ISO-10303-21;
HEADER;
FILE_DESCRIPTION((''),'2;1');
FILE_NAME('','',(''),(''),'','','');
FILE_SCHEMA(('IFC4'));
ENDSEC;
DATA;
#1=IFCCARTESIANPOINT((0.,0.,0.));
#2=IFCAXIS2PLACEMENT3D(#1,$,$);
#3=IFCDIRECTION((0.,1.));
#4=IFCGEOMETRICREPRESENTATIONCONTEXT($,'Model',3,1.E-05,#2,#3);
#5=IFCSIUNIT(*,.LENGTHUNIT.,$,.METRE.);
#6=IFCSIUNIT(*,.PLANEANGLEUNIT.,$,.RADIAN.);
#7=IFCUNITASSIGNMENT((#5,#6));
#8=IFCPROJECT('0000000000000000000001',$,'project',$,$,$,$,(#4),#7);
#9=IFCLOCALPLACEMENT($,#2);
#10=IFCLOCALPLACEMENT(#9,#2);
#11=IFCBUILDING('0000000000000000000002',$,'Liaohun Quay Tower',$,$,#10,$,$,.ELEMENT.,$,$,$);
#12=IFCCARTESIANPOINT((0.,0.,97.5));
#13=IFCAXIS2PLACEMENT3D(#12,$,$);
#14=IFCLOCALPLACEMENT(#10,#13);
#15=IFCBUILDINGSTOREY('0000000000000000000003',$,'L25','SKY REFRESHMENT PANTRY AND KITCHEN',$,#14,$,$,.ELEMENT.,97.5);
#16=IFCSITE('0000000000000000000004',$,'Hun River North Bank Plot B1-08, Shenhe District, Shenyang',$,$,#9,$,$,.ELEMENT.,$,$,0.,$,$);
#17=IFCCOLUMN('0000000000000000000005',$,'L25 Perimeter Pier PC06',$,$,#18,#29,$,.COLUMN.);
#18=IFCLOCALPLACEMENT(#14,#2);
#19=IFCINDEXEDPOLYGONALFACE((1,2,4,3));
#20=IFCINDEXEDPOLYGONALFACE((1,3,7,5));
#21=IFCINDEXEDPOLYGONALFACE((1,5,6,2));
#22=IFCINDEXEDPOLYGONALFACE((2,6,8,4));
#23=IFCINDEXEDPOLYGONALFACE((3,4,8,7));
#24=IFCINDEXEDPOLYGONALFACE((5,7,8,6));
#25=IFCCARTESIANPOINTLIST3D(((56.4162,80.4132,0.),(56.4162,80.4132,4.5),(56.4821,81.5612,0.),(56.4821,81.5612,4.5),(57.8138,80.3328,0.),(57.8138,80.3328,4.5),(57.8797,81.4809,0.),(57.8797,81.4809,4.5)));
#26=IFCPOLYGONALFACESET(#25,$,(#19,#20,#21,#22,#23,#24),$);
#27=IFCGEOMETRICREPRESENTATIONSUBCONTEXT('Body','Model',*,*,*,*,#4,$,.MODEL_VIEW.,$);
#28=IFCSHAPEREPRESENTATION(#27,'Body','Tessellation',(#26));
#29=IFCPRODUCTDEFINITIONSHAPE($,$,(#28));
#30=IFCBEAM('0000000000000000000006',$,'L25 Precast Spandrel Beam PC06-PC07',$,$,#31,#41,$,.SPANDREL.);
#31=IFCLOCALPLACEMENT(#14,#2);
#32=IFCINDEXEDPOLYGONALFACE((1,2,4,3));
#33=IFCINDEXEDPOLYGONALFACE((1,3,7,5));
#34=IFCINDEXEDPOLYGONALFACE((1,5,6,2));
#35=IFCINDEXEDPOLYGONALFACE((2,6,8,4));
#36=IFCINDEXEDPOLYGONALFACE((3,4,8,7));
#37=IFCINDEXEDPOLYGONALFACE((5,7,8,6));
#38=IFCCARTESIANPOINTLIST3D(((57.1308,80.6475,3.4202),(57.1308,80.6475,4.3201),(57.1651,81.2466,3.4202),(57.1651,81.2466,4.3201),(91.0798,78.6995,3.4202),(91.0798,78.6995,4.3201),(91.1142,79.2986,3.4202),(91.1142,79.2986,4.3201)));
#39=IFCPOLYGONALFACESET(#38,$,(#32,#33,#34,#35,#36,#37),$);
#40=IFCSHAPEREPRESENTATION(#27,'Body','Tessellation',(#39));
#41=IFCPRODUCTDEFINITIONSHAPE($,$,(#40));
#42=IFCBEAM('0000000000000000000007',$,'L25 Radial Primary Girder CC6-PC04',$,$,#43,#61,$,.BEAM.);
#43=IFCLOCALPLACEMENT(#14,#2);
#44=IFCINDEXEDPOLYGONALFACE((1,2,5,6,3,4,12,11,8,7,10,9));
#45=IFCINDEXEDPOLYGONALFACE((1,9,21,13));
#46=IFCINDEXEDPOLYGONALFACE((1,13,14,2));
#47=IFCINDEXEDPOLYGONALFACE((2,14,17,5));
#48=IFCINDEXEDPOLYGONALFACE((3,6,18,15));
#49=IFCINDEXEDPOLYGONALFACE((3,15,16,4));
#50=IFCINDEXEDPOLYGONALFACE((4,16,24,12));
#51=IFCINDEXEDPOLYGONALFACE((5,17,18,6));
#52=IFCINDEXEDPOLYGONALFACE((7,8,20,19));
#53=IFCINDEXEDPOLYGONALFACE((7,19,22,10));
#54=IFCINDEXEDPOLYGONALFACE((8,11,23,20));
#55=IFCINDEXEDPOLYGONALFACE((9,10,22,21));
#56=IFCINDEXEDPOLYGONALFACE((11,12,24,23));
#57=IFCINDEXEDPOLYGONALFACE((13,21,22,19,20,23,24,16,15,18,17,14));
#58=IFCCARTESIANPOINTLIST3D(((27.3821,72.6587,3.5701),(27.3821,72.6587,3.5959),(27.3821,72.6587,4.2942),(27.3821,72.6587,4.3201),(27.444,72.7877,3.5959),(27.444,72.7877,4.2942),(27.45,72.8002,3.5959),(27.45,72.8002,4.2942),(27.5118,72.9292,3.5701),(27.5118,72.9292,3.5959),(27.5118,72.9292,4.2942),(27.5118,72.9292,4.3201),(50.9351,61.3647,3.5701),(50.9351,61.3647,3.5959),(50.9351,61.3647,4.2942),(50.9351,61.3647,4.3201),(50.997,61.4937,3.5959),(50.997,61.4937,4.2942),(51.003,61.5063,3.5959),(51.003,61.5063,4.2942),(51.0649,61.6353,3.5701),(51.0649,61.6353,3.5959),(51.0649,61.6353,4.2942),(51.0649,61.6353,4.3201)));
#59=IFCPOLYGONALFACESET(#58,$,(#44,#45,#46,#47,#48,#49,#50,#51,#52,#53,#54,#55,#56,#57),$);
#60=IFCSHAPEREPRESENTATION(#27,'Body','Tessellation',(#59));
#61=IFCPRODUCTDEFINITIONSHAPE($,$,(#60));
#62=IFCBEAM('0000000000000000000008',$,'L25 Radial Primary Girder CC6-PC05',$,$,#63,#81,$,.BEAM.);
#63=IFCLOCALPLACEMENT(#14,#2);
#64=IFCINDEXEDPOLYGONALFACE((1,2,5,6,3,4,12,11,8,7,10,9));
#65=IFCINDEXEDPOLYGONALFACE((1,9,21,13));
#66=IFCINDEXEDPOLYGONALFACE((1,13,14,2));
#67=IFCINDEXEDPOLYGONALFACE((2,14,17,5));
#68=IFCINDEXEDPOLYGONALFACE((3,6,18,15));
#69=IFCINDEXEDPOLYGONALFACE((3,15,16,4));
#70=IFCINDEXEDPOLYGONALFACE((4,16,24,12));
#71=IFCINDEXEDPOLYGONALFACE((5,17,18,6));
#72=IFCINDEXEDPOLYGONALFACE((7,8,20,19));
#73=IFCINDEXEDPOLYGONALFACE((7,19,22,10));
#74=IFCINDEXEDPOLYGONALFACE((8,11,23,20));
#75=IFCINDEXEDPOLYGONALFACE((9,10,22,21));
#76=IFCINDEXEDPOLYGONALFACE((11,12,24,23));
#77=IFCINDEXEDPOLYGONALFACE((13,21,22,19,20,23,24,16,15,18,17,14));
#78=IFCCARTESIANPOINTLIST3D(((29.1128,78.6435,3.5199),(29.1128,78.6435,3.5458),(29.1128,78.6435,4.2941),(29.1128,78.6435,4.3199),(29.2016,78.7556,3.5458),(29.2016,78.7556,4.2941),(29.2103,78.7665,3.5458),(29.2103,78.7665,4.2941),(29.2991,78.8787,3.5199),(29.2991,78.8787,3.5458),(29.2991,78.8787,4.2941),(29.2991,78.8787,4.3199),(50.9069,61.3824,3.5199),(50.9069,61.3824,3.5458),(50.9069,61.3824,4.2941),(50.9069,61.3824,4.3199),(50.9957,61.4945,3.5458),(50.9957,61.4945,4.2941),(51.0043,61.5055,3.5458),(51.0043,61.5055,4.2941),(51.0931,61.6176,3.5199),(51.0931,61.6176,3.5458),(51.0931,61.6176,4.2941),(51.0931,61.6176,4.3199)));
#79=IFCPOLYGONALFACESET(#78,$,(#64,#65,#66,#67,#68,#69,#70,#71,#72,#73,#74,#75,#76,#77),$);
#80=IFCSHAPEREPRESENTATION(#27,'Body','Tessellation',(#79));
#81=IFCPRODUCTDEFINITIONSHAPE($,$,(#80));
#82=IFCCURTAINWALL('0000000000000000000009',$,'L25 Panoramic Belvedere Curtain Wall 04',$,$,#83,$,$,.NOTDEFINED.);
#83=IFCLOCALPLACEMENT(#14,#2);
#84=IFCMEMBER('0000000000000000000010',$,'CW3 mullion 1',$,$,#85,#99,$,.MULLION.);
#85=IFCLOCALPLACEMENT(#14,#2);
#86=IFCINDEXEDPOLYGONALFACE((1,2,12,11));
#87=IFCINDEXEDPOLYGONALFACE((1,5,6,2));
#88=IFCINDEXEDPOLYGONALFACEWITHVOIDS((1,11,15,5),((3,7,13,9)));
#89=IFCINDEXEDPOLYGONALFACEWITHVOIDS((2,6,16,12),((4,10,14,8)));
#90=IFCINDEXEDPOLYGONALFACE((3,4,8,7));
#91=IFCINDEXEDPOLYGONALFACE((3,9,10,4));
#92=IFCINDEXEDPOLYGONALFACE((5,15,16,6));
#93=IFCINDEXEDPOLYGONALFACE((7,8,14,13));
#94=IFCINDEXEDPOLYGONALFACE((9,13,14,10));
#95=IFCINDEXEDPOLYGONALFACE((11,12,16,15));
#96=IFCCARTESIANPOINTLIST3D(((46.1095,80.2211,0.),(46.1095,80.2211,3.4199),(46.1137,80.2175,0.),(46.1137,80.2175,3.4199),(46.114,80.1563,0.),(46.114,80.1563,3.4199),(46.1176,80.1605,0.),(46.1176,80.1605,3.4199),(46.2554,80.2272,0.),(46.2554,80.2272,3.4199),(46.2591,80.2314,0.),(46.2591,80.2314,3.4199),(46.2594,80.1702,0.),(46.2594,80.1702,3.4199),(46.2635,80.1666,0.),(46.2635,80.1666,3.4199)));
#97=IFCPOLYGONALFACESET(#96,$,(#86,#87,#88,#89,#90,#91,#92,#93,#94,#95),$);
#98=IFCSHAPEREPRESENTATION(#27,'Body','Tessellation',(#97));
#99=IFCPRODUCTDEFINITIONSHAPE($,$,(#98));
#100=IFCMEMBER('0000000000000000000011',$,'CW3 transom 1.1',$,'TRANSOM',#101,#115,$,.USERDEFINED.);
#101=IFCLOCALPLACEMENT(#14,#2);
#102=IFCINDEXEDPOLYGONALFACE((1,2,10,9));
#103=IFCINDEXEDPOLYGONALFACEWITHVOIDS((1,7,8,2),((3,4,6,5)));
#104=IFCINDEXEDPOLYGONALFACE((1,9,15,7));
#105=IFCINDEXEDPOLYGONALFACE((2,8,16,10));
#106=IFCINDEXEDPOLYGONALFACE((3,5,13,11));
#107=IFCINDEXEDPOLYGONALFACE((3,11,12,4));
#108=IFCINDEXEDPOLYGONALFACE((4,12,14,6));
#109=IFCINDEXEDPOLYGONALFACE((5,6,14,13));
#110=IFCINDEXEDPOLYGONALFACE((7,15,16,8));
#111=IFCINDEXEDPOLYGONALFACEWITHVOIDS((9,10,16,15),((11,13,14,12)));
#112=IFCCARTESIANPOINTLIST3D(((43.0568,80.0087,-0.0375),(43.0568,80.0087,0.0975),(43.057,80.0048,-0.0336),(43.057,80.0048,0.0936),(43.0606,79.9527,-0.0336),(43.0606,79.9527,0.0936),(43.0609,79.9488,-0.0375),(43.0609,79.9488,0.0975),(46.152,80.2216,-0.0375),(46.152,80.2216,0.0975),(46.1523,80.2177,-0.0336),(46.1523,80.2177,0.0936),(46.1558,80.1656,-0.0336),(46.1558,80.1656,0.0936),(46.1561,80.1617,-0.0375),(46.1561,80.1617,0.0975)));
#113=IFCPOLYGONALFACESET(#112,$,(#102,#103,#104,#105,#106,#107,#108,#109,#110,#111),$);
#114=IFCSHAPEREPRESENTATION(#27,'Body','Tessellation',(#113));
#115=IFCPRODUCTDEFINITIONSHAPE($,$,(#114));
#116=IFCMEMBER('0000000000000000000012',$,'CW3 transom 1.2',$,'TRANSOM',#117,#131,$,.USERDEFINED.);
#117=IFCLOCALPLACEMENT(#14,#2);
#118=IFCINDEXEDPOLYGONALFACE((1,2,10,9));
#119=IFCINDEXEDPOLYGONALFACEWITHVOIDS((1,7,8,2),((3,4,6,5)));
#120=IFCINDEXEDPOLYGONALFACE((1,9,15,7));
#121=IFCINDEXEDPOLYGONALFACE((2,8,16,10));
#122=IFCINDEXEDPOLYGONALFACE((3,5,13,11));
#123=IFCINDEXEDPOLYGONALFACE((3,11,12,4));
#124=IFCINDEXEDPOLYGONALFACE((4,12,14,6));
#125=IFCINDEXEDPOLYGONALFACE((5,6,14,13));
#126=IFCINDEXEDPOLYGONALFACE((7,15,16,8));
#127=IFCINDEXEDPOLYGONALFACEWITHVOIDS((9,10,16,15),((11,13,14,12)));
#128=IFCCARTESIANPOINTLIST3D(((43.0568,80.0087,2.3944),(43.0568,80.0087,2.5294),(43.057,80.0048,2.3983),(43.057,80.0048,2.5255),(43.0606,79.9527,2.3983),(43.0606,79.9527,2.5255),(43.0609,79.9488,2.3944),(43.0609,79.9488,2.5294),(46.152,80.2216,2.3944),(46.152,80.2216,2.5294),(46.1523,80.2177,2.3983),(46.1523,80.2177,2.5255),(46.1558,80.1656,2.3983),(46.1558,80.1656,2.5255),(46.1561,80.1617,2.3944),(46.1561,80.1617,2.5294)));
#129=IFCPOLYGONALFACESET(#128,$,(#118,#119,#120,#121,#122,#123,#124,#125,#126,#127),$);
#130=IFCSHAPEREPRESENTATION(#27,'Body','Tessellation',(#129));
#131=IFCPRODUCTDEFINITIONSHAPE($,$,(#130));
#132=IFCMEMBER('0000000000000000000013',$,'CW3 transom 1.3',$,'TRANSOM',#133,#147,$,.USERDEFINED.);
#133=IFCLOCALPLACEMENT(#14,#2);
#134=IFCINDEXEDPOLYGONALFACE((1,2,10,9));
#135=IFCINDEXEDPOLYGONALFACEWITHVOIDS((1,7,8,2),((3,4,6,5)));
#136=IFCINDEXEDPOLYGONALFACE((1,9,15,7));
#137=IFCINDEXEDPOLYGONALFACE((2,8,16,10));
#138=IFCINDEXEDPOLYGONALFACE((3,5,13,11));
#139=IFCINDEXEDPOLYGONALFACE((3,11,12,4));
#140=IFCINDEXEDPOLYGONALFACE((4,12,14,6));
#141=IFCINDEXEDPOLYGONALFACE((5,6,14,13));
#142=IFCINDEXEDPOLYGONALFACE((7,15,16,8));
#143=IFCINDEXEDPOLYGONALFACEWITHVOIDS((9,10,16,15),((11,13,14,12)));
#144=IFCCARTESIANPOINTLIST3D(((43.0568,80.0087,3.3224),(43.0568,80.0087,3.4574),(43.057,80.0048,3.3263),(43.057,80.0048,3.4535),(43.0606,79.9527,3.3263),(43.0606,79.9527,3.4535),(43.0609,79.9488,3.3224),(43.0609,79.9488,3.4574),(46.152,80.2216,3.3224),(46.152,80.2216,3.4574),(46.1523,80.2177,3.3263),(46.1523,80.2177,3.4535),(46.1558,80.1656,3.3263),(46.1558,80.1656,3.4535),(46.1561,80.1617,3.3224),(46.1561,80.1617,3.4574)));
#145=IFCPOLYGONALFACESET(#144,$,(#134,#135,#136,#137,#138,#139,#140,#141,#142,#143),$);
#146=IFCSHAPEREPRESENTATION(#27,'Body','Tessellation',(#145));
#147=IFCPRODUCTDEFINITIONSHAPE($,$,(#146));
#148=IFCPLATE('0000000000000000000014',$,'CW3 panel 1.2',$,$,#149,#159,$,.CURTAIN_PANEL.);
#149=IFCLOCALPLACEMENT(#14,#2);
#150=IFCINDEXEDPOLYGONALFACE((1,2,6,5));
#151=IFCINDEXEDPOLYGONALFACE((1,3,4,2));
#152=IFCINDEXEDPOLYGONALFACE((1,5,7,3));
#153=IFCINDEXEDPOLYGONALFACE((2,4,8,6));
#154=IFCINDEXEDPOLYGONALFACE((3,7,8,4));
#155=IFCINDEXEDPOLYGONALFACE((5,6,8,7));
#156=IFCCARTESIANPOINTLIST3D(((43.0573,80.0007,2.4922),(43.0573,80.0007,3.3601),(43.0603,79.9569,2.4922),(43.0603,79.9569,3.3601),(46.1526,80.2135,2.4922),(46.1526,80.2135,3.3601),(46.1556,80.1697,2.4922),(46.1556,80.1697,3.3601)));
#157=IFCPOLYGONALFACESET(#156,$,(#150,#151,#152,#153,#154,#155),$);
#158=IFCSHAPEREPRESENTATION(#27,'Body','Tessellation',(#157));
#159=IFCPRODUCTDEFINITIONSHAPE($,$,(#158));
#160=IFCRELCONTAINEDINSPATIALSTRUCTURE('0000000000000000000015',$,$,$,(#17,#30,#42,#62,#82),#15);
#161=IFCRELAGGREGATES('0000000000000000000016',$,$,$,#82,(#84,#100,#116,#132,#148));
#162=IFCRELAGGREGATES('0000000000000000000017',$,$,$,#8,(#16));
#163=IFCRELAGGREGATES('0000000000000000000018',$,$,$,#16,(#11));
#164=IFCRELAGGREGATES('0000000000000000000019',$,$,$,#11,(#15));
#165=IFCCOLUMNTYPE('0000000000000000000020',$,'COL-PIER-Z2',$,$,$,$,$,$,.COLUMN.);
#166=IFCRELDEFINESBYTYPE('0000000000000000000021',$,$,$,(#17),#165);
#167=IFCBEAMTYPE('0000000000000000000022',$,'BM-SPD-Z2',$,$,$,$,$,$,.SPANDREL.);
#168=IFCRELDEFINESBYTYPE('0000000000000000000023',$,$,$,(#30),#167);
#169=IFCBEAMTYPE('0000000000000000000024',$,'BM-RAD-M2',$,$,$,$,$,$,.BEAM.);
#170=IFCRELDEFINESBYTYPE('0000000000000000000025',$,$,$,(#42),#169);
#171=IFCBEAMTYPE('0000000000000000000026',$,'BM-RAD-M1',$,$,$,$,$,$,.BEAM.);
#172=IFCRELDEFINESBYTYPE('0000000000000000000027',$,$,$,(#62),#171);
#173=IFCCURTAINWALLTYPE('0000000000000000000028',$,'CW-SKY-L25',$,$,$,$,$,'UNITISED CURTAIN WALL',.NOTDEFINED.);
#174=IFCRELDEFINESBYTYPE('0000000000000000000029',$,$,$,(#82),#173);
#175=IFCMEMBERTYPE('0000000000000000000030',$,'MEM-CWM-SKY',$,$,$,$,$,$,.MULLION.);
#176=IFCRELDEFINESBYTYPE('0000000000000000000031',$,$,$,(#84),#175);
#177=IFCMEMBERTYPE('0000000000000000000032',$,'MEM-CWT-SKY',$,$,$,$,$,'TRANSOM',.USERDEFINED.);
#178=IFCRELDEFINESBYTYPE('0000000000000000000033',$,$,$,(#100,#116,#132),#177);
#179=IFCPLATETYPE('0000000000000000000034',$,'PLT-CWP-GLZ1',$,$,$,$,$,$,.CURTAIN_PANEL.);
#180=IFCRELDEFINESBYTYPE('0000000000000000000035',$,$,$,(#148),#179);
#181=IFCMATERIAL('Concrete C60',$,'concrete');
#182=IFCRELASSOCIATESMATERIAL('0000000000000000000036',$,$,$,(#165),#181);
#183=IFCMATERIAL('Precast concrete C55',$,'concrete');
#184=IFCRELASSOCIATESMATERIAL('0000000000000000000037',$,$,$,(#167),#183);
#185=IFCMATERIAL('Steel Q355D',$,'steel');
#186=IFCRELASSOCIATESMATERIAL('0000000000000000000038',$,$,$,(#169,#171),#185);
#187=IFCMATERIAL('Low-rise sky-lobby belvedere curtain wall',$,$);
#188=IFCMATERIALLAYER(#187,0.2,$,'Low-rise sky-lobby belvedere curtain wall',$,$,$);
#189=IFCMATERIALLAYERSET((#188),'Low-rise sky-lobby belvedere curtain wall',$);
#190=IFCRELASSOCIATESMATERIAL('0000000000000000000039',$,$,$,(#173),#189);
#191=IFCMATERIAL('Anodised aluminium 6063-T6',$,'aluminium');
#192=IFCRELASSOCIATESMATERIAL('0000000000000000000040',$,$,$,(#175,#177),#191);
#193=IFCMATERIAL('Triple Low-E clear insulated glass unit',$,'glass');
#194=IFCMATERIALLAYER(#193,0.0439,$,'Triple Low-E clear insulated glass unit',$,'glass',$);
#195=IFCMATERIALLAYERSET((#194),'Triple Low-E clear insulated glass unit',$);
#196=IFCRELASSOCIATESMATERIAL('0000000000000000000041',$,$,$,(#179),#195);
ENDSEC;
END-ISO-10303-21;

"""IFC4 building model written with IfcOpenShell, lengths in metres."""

from ifc_helpers import new_model, si_unit, direction, frame, origin, origin_2d, place, context, subcontext, project, spatial, rectangle, hollow_rectangle, i_section, extrude, source, transform, mapped, material, layer, layer_set, material_profile, profile_set, type_object, element, aggregate, save


model = new_model("IFC4")

# Units and contexts
model_context = context("Model", 3, precision=1e-05, world=origin(), true_north=direction((0.0, 1.0)))
body_context = subcontext(model_context, "Body", "Model", "MODEL_VIEW")
ifc_project = project(units=[si_unit("LENGTHUNIT", "METRE"), si_unit("PLANEANGLEUNIT", "RADIAN")], contexts=[model_context])

# Site, building, storey
site_placement = place(None, origin())
site = spatial("IfcSite", under=ifc_project, at=site_placement, Name="Hun River North Bank Plot B1-08, Shenhe District, Shenyang", CompositionType="ELEMENT", RefElevation=0.0)
building_placement = place(site_placement, origin())
building = spatial("IfcBuilding", under=site, at=building_placement, Name="Liaohun Quay Tower", CompositionType="ELEMENT")
storey_placement = place(building_placement, frame((0.0, 0.0, 97.5)))
storey = spatial("IfcBuildingStorey", under=building, at=storey_placement, Name="L25", Description="SKY REFRESHMENT PANTRY AND KITCHEN", CompositionType="ELEMENT", Elevation=97.5)

# Column
ifc_material_1 = material(Name="Concrete C60", Category="concrete")
ifc_material_profile_1 = material_profile(ifc_material_1, rectangle(XDim=1.3999, YDim=1.1499, at=origin_2d()), Name="RC1400x1150")
ifc_profile_set_1 = profile_set([ifc_material_profile_1], Name="Concrete C60")
column_type = type_object("IfcColumnType", Name="COL-PIER-Z2", PredefinedType="COLUMN", material=ifc_profile_set_1)
shared_shape_1 = source(origin(), body_context, "Body", "SweptSolid", [
    extrude(rectangle(XDim=1.3999, YDim=1.1499, at=origin_2d()), origin(), (0.0, 0.0, 1.0), 4.5),
])
column_placement = place(storey_placement, frame((57.1479, 80.947, 0.0), z_axis=(0.0, 0.0, 1.0), x_axis=(-0.998352, 0.05739, 0.0)))
element("IfcColumn", 1, at=column_placement, inside=storey, type_object=column_type, Name="L25 Perimeter Pier PC06", PredefinedType="COLUMN", context=body_context, shape_type="MappedRepresentation", body=[
    mapped(shared_shape_1, transform((0.0, 0.0, 0.0), x_axis=(1.0, 0.0, 0.0), y_axis=(0.0, 1.0, 0.0), z_axis=(0.0, 0.0, 1.0), scale=1.0)),
])

# Beams
ifc_material_2 = material(Name="Precast concrete C55", Category="concrete")
ifc_material_profile_2 = material_profile(ifc_material_2, rectangle(XDim=0.6001, YDim=0.8999, at=origin_2d()), Name="RC600x900")
ifc_profile_set_2 = profile_set([ifc_material_profile_2], Name="Precast concrete C55")
beam_type_1 = type_object("IfcBeamType", Name="BM-SPD-Z2", PredefinedType="SPANDREL", material=ifc_profile_set_2)
shared_shape_2 = source(origin(), body_context, "Body", "SweptSolid", [
    extrude(rectangle(XDim=0.6001, YDim=0.8999, at=origin_2d()), origin(), (0.0, 0.0, 1.0), 34.0049),
])
beam_1_placement = place(storey_placement, frame((57.1479, 80.947, 3.8701), z_axis=(0.998358, -0.057286, 0.0), x_axis=(0.057286, 0.998358, 0.0)))
element("IfcBeam", 2, at=beam_1_placement, inside=storey, type_object=beam_type_1, Name="L25 Precast Spandrel Beam PC06-PC07", PredefinedType="SPANDREL", context=body_context, shape_type="MappedRepresentation", body=[
    mapped(shared_shape_2, transform((0.0, 0.0, 0.0), x_axis=(1.0, 0.0, 0.0), y_axis=(0.0, 1.0, 0.0), z_axis=(0.0, 0.0, 1.0), scale=1.0)),
])
ifc_material_3 = material(Name="Steel Q355D", Category="steel")
ifc_material_profile_3 = material_profile(ifc_material_3, i_section(OverallWidth=0.3, OverallDepth=0.75, WebThickness=0.0139, FlangeThickness=0.0259, at=origin_2d()), Name="HN750x300x14x26")
ifc_profile_set_3 = profile_set([ifc_material_profile_3], Name="Steel Q355D")
beam_type_2 = type_object("IfcBeamType", Name="BM-RAD-M2", PredefinedType="BEAM", material=ifc_profile_set_3)
shared_shape_3 = source(origin(), body_context, "Body", "SweptSolid", [
    extrude(i_section(OverallWidth=0.3, OverallDepth=0.75, WebThickness=0.0139, FlangeThickness=0.0259, at=origin_2d()), origin(), (0.0, 0.0, 1.0), 26.1208),
])
beam_2_placement = place(storey_placement, frame((51.0, 61.5, 3.9451), z_axis=(-0.901695, 0.432374, 0.0), x_axis=(-0.432374, -0.901695, 0.0)))
element("IfcBeam", 3, at=beam_2_placement, inside=storey, type_object=beam_type_2, Name="L25 Radial Primary Girder CC6-PC04", PredefinedType="BEAM", context=body_context, shape_type="MappedRepresentation", body=[
    mapped(shared_shape_3, transform((0.0, 0.0, 0.0), x_axis=(1.0, 0.0, 0.0), y_axis=(0.0, 1.0, 0.0), z_axis=(0.0, 0.0, 1.0), scale=1.0)),
])
ifc_material_profile_4 = material_profile(ifc_material_3, i_section(OverallWidth=0.3, OverallDepth=0.8, WebThickness=0.0139, FlangeThickness=0.0259, at=origin_2d()), Name="HN800x300x14x26")
ifc_profile_set_4 = profile_set([ifc_material_profile_4], Name="Steel Q355D")
beam_type_3 = type_object("IfcBeamType", Name="BM-RAD-M1", PredefinedType="BEAM", material=ifc_profile_set_4)
shared_shape_4 = source(origin(), body_context, "Body", "SweptSolid", [
    extrude(i_section(OverallWidth=0.3, OverallDepth=0.8, WebThickness=0.0139, FlangeThickness=0.0259, at=origin_2d()), origin(), (0.0, 0.0, 1.0), 27.8015),
])
beam_3_placement = place(storey_placement, frame((51.0, 61.5, 3.9199), z_axis=(-0.783915, 0.620868, 0.0), x_axis=(-0.620868, -0.783915, 0.0)))
element("IfcBeam", 4, at=beam_3_placement, inside=storey, type_object=beam_type_3, Name="L25 Radial Primary Girder CC6-PC05", PredefinedType="BEAM", context=body_context, shape_type="MappedRepresentation", body=[
    mapped(shared_shape_4, transform((0.0, 0.0, 0.0), x_axis=(1.0, 0.0, 0.0), y_axis=(0.0, 1.0, 0.0), z_axis=(0.0, 0.0, 1.0), scale=1.0)),
])

# Curtain wall, members, plate
ifc_material_4 = material(Name="Low-rise sky-lobby belvedere curtain wall")
ifc_layer_1 = layer(ifc_material_4, 0.2, Name="Low-rise sky-lobby belvedere curtain wall")
ifc_layer_set_1 = layer_set([ifc_layer_1], Name="Low-rise sky-lobby belvedere curtain wall")
curtain_wall_type = type_object("IfcCurtainWallType", Name="CW-SKY-L25", ElementType="UNITISED CURTAIN WALL", PredefinedType="NOTDEFINED", material=ifc_layer_set_1)
curtain_wall_placement = place(storey_placement, origin())
curtain_wall = element("IfcCurtainWall", 5, at=curtain_wall_placement, inside=storey, type_object=curtain_wall_type, Name="L25 Panoramic Belvedere Curtain Wall 04", PredefinedType="NOTDEFINED")
ifc_material_5 = material(Name="Anodised aluminium 6063-T6", Category="aluminium")
ifc_material_profile_5 = material_profile(ifc_material_5, hollow_rectangle(XDim=0.0649, YDim=0.1499, WallThickness=0.0039, at=origin_2d()), Name="RHS150x65x4")
ifc_profile_set_5 = profile_set([ifc_material_profile_5], Name="Anodised aluminium 6063-T6")
member_type_1 = type_object("IfcMemberType", Name="MEM-CWM-SKY", PredefinedType="MULLION", material=ifc_profile_set_5)
shared_shape_5 = source(origin(), body_context, "Body", "SweptSolid", [
    extrude(hollow_rectangle(XDim=0.0649, YDim=0.1499, WallThickness=0.0039, at=origin_2d()), origin(), (0.0, 0.0, 1.0), 3.4199),
])
member_1_placement = place(storey_placement, frame((46.1865, 80.1938, 0.0), z_axis=(0.0, 0.0, 1.0), x_axis=(0.068593, -0.997645, 0.0)))
member_1 = element("IfcMember", 6, at=member_1_placement, type_object=member_type_1, Name="CW3 mullion 1", PredefinedType="MULLION", context=body_context, shape_type="MappedRepresentation", body=[
    mapped(shared_shape_5, transform((0.0, 0.0, 0.0), x_axis=(1.0, 0.0, 0.0), y_axis=(0.0, 1.0, 0.0), z_axis=(0.0, 0.0, 1.0), scale=1.0)),
])
ifc_material_profile_6 = material_profile(ifc_material_5, hollow_rectangle(XDim=0.0601, YDim=0.135, WallThickness=0.0039, at=origin_2d()), Name="RHS135x60x4")
ifc_profile_set_6 = profile_set([ifc_material_profile_6], Name="Anodised aluminium 6063-T6")
member_type_2 = type_object("IfcMemberType", Name="MEM-CWT-SKY", ElementType="TRANSOM", PredefinedType="USERDEFINED", material=ifc_profile_set_6)
shared_shape_6 = source(origin(), body_context, "Body", "SweptSolid", [
    extrude(hollow_rectangle(XDim=0.0601, YDim=0.135, WallThickness=0.0039, at=origin_2d()), origin(), (0.0, 0.0, 1.0), 3.1025),
])
member_2_placement = place(storey_placement, frame((46.1541, 80.1917, 0.03), z_axis=(-0.997643, -0.068618, 0.0), x_axis=(0.068618, -0.997643, 0.0)))
member_2 = element("IfcMember", 7, at=member_2_placement, type_object=member_type_2, Name="CW3 transom 1.1", ObjectType="TRANSOM", PredefinedType="USERDEFINED", context=body_context, shape_type="MappedRepresentation", body=[
    mapped(shared_shape_6, transform((0.0, 0.0, 0.0), x_axis=(1.0, 0.0, 0.0), y_axis=(0.0, 1.0, 0.0), z_axis=(0.0, 0.0, 1.0), scale=1.0)),
])
member_3_placement = place(storey_placement, frame((46.1541, 80.1917, 2.4619), z_axis=(-0.997643, -0.068618, 0.0), x_axis=(0.068618, -0.997643, 0.0)))
member_3 = element("IfcMember", 8, at=member_3_placement, type_object=member_type_2, Name="CW3 transom 1.2", ObjectType="TRANSOM", PredefinedType="USERDEFINED", context=body_context, shape_type="MappedRepresentation", body=[
    mapped(shared_shape_6, transform((0.0, 0.0, 0.0), x_axis=(1.0, 0.0, 0.0), y_axis=(0.0, 1.0, 0.0), z_axis=(0.0, 0.0, 1.0), scale=1.0)),
])
member_4_placement = place(storey_placement, frame((46.1541, 80.1917, 3.3899), z_axis=(-0.997643, -0.068618, 0.0), x_axis=(0.068618, -0.997643, 0.0)))
member_4 = element("IfcMember", 9, at=member_4_placement, type_object=member_type_2, Name="CW3 transom 1.3", ObjectType="TRANSOM", PredefinedType="USERDEFINED", context=body_context, shape_type="MappedRepresentation", body=[
    mapped(shared_shape_6, transform((0.0, 0.0, 0.0), x_axis=(1.0, 0.0, 0.0), y_axis=(0.0, 1.0, 0.0), z_axis=(0.0, 0.0, 1.0), scale=1.0)),
])
ifc_material_6 = material(Name="Triple Low-E clear insulated glass unit", Category="glass")
ifc_layer_2 = layer(ifc_material_6, 0.0439, Name="Triple Low-E clear insulated glass unit", Category="glass")
ifc_layer_set_2 = layer_set([ifc_layer_2], Name="Triple Low-E clear insulated glass unit")
plate_type = type_object("IfcPlateType", Name="PLT-CWP-GLZ1", PredefinedType="CURTAIN_PANEL", material=ifc_layer_set_2)
shared_shape_7 = source(origin(), body_context, "Body", "SweptSolid", [
    extrude(rectangle(XDim=3.1025, YDim=0.0439, at=origin_2d()), origin(), (0.0, 0.0, 1.0), 0.8679),
])
plate_placement = place(storey_placement, frame((44.6064, 80.0852, 2.4922), z_axis=(0.0, 0.0, 1.0), x_axis=(-0.997645, -0.068593, 0.0)))
plate = element("IfcPlate", 10, at=plate_placement, type_object=plate_type, Name="CW3 panel 1.2", PredefinedType="CURTAIN_PANEL", context=body_context, shape_type="MappedRepresentation", body=[
    mapped(shared_shape_7, transform((0.0, 0.0, 0.0), x_axis=(1.0, 0.0, 0.0), y_axis=(0.0, 1.0, 0.0), z_axis=(0.0, 0.0, 1.0), scale=1.0)),
])
aggregate(curtain_wall, [member_1, member_2, member_3, member_4, plate])

save(model, "model.ifc")
